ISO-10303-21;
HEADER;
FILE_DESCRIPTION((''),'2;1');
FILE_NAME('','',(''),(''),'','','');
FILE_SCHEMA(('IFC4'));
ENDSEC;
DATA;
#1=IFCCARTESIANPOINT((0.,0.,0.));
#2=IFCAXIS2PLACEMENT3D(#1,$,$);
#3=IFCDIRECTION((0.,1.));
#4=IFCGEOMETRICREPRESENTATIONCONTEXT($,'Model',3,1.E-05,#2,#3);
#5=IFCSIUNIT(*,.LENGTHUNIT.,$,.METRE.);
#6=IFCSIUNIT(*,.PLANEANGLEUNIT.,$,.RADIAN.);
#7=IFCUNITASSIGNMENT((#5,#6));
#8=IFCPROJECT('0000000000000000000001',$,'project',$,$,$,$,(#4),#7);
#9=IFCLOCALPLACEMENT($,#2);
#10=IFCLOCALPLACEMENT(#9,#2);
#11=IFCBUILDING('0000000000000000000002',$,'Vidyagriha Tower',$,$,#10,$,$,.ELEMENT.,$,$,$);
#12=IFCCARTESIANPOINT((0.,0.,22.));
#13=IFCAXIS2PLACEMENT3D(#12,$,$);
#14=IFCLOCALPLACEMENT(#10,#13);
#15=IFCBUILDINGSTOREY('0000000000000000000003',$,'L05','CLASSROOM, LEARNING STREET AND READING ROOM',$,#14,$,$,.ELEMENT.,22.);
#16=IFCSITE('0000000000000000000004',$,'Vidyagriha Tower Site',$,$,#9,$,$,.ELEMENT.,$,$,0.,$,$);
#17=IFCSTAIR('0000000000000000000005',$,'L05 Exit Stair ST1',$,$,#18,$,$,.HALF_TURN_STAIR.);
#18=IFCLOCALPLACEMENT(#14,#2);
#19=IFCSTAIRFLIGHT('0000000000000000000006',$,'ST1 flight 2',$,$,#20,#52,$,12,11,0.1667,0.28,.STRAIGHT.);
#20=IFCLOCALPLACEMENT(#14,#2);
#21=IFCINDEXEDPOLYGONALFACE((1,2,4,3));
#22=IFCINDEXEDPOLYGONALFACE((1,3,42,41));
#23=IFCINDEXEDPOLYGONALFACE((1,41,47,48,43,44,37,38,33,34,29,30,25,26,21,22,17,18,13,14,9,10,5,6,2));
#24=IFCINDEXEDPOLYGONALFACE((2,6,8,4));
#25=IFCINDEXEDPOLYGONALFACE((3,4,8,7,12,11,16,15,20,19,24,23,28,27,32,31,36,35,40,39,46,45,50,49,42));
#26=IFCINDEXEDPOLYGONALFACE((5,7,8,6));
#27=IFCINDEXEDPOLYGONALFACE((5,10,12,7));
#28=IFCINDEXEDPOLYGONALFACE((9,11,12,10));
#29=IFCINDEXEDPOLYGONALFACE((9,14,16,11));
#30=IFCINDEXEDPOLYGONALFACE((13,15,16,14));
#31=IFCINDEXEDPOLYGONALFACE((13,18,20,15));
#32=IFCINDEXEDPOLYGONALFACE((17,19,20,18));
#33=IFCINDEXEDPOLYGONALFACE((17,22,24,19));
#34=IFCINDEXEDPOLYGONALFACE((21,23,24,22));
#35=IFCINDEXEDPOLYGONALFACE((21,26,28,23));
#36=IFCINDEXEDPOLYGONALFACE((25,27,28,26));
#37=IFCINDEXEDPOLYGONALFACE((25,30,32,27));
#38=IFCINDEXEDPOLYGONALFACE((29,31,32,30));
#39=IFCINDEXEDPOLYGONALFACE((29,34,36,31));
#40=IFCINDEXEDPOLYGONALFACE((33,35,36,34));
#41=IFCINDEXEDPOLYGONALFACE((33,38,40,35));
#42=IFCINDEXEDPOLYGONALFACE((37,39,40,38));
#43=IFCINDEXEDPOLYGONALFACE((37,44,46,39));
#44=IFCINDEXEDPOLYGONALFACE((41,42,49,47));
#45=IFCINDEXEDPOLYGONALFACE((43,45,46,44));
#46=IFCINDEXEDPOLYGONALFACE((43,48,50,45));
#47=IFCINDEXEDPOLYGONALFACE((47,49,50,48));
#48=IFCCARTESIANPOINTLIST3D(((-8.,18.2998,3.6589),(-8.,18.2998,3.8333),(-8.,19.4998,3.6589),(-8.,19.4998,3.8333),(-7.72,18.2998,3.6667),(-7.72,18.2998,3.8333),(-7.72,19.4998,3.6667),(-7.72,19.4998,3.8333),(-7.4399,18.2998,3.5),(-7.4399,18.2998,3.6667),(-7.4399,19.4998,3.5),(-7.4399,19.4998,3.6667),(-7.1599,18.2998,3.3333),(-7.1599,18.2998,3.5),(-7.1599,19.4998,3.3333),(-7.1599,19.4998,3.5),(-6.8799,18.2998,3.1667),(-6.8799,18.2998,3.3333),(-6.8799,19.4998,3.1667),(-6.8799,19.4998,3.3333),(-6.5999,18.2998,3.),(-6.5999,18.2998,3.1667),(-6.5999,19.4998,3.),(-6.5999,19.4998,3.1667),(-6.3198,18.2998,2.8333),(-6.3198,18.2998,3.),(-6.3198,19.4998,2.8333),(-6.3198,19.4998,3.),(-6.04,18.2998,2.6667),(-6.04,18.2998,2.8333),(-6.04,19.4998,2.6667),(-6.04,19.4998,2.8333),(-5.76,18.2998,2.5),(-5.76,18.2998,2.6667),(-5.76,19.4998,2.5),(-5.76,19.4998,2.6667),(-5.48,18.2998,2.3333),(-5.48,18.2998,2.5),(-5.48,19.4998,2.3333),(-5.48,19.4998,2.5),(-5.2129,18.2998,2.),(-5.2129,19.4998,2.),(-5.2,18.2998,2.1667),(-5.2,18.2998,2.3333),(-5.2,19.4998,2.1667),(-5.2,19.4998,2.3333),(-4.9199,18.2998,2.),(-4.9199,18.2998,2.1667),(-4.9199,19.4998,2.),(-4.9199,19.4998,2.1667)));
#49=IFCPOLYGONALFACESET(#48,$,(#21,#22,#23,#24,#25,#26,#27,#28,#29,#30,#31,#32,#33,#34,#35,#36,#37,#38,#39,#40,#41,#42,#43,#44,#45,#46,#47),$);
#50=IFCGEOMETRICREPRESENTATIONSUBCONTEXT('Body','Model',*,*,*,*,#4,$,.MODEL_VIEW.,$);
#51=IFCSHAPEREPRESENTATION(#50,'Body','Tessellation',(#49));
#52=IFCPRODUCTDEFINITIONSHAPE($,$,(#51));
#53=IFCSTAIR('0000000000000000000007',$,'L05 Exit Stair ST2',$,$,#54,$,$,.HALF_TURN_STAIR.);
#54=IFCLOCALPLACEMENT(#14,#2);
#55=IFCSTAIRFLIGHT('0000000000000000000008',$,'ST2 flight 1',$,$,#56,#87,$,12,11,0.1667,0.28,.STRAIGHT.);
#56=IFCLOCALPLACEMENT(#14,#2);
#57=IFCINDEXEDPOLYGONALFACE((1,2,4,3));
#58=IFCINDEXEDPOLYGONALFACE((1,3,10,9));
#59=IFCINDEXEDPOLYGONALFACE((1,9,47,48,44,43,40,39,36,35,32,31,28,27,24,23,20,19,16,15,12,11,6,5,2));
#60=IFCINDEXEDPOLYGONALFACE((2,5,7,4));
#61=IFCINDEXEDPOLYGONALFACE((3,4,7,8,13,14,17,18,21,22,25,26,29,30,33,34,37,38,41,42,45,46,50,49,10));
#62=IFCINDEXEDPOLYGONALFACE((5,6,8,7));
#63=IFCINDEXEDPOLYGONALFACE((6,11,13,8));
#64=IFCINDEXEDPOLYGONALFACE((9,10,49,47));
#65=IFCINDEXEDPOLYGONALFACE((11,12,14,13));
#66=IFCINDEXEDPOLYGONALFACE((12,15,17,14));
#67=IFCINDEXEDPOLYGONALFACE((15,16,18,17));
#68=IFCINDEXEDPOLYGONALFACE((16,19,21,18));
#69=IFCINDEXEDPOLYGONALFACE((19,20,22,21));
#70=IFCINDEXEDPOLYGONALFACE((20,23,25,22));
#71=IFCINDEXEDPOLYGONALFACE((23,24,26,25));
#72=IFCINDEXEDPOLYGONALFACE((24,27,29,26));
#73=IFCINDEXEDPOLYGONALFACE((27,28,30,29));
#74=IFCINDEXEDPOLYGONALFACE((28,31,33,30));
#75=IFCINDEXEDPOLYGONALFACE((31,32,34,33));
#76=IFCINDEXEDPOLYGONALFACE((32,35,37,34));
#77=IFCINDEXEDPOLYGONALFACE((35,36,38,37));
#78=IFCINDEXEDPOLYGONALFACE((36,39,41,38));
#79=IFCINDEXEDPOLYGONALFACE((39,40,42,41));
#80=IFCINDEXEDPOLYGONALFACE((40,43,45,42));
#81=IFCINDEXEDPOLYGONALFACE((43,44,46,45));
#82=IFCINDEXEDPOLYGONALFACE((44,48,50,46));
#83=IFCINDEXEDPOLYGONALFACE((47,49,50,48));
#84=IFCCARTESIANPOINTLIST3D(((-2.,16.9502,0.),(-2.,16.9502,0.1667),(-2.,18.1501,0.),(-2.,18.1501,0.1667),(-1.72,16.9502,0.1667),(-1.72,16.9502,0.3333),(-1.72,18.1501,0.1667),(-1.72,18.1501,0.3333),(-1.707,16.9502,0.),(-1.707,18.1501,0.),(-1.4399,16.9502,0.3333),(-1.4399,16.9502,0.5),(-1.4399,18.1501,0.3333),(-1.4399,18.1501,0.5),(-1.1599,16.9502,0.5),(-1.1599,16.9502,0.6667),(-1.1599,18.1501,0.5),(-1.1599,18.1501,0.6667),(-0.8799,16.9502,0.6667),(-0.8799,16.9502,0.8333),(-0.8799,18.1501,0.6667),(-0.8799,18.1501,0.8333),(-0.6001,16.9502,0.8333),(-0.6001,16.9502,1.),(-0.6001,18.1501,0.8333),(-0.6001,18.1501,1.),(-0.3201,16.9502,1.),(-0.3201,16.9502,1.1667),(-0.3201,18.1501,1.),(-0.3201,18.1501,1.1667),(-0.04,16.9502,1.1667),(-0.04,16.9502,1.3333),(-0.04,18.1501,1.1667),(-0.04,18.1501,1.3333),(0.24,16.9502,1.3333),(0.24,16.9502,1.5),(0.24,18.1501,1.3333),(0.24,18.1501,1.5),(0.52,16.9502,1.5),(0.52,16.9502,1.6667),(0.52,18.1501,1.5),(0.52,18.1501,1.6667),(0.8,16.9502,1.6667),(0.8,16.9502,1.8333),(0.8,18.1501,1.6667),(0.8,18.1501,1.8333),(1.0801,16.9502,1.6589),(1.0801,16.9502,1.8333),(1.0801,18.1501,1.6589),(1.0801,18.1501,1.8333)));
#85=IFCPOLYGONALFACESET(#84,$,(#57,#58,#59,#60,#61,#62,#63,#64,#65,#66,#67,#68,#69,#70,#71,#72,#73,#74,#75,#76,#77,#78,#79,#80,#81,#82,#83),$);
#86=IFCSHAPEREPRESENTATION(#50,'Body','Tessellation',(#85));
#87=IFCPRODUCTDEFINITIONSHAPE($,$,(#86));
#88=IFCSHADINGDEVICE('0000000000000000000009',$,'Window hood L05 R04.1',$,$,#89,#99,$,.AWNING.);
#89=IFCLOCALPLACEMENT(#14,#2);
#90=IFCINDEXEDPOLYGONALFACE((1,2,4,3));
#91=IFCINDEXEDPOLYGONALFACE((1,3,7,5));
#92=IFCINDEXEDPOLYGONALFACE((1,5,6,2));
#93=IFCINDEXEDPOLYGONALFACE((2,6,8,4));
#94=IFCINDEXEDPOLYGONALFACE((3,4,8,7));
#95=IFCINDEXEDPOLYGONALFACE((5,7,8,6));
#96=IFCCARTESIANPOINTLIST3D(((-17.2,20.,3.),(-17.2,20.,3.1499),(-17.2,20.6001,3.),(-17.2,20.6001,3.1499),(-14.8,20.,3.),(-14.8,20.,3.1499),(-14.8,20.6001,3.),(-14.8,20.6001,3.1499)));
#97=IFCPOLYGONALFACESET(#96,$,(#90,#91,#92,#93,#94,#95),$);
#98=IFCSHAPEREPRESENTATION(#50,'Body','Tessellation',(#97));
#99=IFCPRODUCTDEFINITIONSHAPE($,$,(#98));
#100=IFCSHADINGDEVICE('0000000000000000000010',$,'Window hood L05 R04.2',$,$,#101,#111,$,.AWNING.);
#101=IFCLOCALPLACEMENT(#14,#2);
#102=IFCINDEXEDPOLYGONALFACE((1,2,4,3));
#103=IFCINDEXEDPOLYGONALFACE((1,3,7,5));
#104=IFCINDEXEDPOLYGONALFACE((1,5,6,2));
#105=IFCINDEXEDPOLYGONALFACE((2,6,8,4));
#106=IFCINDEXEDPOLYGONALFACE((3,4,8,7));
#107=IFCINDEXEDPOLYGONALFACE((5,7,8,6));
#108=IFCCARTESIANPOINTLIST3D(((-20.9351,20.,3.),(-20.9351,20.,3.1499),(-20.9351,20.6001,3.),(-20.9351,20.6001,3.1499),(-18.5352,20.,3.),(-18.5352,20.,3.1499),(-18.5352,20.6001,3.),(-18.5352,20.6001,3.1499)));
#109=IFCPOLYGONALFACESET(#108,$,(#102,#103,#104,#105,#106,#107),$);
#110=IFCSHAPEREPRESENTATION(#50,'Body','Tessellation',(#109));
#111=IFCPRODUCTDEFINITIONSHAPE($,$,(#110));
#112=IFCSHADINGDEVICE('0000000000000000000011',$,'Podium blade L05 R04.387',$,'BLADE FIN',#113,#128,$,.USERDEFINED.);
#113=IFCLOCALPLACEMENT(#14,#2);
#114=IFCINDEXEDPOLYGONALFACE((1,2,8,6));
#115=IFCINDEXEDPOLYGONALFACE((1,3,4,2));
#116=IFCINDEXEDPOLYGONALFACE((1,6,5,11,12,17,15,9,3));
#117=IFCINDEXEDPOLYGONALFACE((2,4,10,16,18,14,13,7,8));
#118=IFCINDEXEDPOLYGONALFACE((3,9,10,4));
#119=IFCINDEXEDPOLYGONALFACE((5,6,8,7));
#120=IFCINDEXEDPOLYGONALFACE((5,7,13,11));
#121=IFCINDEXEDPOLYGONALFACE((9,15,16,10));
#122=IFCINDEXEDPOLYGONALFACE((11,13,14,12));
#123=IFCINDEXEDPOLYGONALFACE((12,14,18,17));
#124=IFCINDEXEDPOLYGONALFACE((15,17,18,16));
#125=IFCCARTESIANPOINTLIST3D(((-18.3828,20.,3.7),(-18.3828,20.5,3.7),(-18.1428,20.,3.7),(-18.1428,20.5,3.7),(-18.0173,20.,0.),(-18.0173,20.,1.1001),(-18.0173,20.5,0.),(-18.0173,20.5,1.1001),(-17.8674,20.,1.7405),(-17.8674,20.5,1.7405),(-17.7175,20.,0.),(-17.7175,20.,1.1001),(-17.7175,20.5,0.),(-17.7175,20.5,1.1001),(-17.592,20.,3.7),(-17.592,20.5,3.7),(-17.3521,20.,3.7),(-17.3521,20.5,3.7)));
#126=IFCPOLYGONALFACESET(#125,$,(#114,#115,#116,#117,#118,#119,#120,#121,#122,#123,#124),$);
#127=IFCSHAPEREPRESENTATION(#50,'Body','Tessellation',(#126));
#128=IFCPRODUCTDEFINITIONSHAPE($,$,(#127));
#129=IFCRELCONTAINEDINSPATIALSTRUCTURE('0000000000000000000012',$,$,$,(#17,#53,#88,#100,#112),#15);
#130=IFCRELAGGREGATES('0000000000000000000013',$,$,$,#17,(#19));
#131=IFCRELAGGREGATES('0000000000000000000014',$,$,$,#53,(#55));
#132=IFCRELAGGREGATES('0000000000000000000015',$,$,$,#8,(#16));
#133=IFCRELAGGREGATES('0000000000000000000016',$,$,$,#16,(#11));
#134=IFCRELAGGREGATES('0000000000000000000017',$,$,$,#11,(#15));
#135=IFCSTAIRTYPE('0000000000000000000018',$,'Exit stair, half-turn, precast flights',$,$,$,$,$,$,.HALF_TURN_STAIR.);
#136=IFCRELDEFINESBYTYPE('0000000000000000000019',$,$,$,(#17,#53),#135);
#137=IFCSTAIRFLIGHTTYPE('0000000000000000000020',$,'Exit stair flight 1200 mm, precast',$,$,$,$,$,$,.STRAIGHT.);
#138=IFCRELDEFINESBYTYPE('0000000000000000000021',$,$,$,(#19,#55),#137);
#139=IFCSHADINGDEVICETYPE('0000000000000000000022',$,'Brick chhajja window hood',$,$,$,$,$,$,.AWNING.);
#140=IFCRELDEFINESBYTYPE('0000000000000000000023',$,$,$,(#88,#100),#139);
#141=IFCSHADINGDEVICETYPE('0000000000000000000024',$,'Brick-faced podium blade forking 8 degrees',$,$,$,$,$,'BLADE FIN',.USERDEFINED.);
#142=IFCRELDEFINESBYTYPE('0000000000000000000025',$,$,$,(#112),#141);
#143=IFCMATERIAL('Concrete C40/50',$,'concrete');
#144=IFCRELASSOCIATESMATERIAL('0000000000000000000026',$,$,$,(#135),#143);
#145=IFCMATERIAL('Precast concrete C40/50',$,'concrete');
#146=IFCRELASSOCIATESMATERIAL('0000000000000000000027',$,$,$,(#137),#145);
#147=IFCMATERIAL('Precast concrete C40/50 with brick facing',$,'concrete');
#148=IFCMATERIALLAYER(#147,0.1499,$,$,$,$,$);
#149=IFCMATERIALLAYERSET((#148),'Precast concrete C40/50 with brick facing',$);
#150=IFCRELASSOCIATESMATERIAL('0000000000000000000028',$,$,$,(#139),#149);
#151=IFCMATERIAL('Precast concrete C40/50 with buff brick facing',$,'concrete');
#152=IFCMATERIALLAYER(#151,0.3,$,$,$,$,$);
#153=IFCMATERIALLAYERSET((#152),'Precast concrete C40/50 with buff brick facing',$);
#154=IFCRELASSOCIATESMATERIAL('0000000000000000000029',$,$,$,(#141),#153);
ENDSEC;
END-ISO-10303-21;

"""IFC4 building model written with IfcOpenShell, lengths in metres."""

from ifc_helpers import new_model, si_unit, direction, frame, origin, origin_2d, place, context, subcontext, project, spatial, polyline, rectangle, outline, extrude, material, layer, layer_set, type_object, element, aggregate, save


model = new_model("IFC4")

# Units and contexts
model_context = context("Model", 3, precision=1e-05, world=origin(), true_north=direction((0.0, 1.0)))
body_context = subcontext(model_context, "Body", "Model", "MODEL_VIEW")
ifc_project = project(units=[si_unit("LENGTHUNIT", "METRE"), si_unit("PLANEANGLEUNIT", "RADIAN")], contexts=[model_context])

# Site, building, storey
site_placement = place(None, origin())
site = spatial("IfcSite", under=ifc_project, at=site_placement, Name="Vidyagriha Tower Site", CompositionType="ELEMENT", RefElevation=0.0)
building_placement = place(site_placement, origin())
building = spatial("IfcBuilding", under=site, at=building_placement, Name="Vidyagriha Tower", CompositionType="ELEMENT")
storey_placement = place(building_placement, frame((0.0, 0.0, 22.0)))
storey = spatial("IfcBuildingStorey", under=building, at=storey_placement, Name="L05", Description="CLASSROOM, LEARNING STREET AND READING ROOM", CompositionType="ELEMENT", Elevation=22.0)

# Stair, stair flight
ifc_material_1 = material(Name="Concrete C40/50", Category="concrete")
stair_type = type_object("IfcStairType", Name="Exit stair, half-turn, precast flights", PredefinedType="HALF_TURN_STAIR", material=ifc_material_1)
stair_1_placement = place(storey_placement, origin())
stair_1 = element("IfcStair", 1, at=stair_1_placement, inside=storey, type_object=stair_type, Name="L05 Exit Stair ST1", PredefinedType="HALF_TURN_STAIR")
ifc_material_2 = material(Name="Precast concrete C40/50", Category="concrete")
stair_flight_type = type_object("IfcStairFlightType", Name="Exit stair flight 1200 mm, precast", PredefinedType="STRAIGHT", material=ifc_material_2)
stair_flight_1_placement = place(storey_placement, frame((-4.9199, 18.8999, 2.0), z_axis=(0.0, 0.0, 1.0), x_axis=(-1.0, 0.0, 0.0)))
stair_flight_1 = element("IfcStairFlight", 2, at=stair_flight_1_placement, type_object=stair_flight_type, Name="ST1 flight 2", NumberOfRisers=12, NumberOfTreads=11, PredefinedType="STRAIGHT", RiserHeight=0.1667, TreadLength=0.28, context=body_context, shape_type="SweptSolid", body=[
    extrude(outline(polyline([(0.0, 0.0), (0.0, 0.1667), (0.28, 0.1667), (0.28, 0.3333), (0.5601, 0.3333), (0.5601, 0.5), (0.8401, 0.5), (0.8401, 0.6667), (1.1201, 0.6667), (1.1201, 0.8333), (1.3999, 0.8333), (1.3999, 1.0), (1.6799, 1.0), (1.6799, 1.1667), (1.96, 1.1667), (1.96, 1.3333), (2.24, 1.3333), (2.24, 1.5), (2.52, 1.5), (2.52, 1.6667), (2.8, 1.6667), (2.8, 1.8333), (3.0801, 1.8333), (3.0801, 2.0), (3.0801, 1.6589), (0.293, 0.0), (0.0, 0.0)])), frame((0.0, 0.6001, 0.0), z_axis=(0.0, -1.0, 0.0), x_axis=(1.0, 0.0, 0.0)), (0.0, 0.0, 1.0), 1.2),
])
aggregate(stair_1, [stair_flight_1])

# Stair, stair flight
stair_2_placement = place(storey_placement, origin())
stair_2 = element("IfcStair", 3, at=stair_2_placement, inside=storey, type_object=stair_type, Name="L05 Exit Stair ST2", PredefinedType="HALF_TURN_STAIR")
stair_flight_2_placement = place(storey_placement, frame((-2.0, 17.55, 0.0)))
stair_flight_2 = element("IfcStairFlight", 4, at=stair_flight_2_placement, type_object=stair_flight_type, Name="ST2 flight 1", NumberOfRisers=12, NumberOfTreads=11, PredefinedType="STRAIGHT", RiserHeight=0.1667, TreadLength=0.28, context=body_context, shape_type="SweptSolid", body=[
    extrude(outline(polyline([(0.0, 0.0), (0.0, 0.1667), (0.28, 0.1667), (0.28, 0.3333), (0.5601, 0.3333), (0.5601, 0.5), (0.8401, 0.5), (0.8401, 0.6667), (1.1201, 0.6667), (1.1201, 0.8333), (1.3999, 0.8333), (1.3999, 1.0), (1.6799, 1.0), (1.6799, 1.1667), (1.96, 1.1667), (1.96, 1.3333), (2.24, 1.3333), (2.24, 1.5), (2.52, 1.5), (2.52, 1.6667), (2.8, 1.6667), (2.8, 1.8333), (3.0801, 1.8333), (3.0801, 2.0), (3.0801, 1.6589), (0.293, 0.0), (0.0, 0.0)])), frame((0.0, 0.6001, 0.0), z_axis=(0.0, -1.0, 0.0), x_axis=(1.0, 0.0, 0.0)), (0.0, 0.0, 1.0), 1.2),
])
aggregate(stair_2, [stair_flight_2])

# Shading devices
ifc_material_3 = material(Name="Precast concrete C40/50 with brick facing", Category="concrete")
ifc_layer_1 = layer(ifc_material_3, 0.1499)
ifc_layer_set_1 = layer_set([ifc_layer_1], Name="Precast concrete C40/50 with brick facing")
shading_device_type_1 = type_object("IfcShadingDeviceType", Name="Brick chhajja window hood", PredefinedType="AWNING", material=ifc_layer_set_1)
for number, where, z_axis, x_axis, name in (
    (5, (-16.0, 20.3, 3.0), (0.0, 0.0, 1.0), (-1.0, 0.0, 0.0), "Window hood L05 R04.1"),
    (6, (-19.7351, 20.3, 3.0), (0.0, 0.0, 1.0), (-1.0, 0.0, 0.0), "Window hood L05 R04.2"),
):
    element("IfcShadingDevice", number, at=place(storey_placement, frame(where, z_axis=z_axis, x_axis=x_axis)), inside=storey, type_object=shading_device_type_1, Name=name, PredefinedType="AWNING", context=body_context, shape_type="SweptSolid", body=[
        extrude(rectangle(XDim=2.3999, YDim=0.6001, at=origin_2d()), origin(), (0.0, 0.0, 1.0), 0.1499),
    ])
ifc_material_4 = material(Name="Precast concrete C40/50 with buff brick facing", Category="concrete")
ifc_layer_2 = layer(ifc_material_4, 0.3)
ifc_layer_set_2 = layer_set([ifc_layer_2], Name="Precast concrete C40/50 with buff brick facing")
shading_device_type_2 = type_object("IfcShadingDeviceType", Name="Brick-faced podium blade forking 8 degrees", ElementType="BLADE FIN", PredefinedType="USERDEFINED", material=ifc_layer_set_2)
shading_device_placement = place(storey_placement, frame((-17.3521, 20.25, 0.0), z_axis=(0.0, 0.0, 1.0), x_axis=(-1.0, 0.0, 0.0)))
element("IfcShadingDevice", 7, at=shading_device_placement, inside=storey, type_object=shading_device_type_2, Name="Podium blade L05 R04.387", ObjectType="BLADE FIN", PredefinedType="USERDEFINED", context=body_context, shape_type="SweptSolid", body=[
    extrude(outline(polyline([(0.6653, 0.0), (0.6653, 1.1001), (1.0308, 3.7), (0.7908, 3.7), (0.5154, 1.7405), (0.24, 3.7), (0.0, 3.7), (0.3655, 1.1001), (0.3655, 0.0), (0.6653, 0.0)])), frame((0.0, 0.25, 0.0), z_axis=(0.0, -1.0, 0.0), x_axis=(1.0, 0.0, 0.0)), (0.0, 0.0, 1.0), 0.5),
])

save(model, "model.ifc")
